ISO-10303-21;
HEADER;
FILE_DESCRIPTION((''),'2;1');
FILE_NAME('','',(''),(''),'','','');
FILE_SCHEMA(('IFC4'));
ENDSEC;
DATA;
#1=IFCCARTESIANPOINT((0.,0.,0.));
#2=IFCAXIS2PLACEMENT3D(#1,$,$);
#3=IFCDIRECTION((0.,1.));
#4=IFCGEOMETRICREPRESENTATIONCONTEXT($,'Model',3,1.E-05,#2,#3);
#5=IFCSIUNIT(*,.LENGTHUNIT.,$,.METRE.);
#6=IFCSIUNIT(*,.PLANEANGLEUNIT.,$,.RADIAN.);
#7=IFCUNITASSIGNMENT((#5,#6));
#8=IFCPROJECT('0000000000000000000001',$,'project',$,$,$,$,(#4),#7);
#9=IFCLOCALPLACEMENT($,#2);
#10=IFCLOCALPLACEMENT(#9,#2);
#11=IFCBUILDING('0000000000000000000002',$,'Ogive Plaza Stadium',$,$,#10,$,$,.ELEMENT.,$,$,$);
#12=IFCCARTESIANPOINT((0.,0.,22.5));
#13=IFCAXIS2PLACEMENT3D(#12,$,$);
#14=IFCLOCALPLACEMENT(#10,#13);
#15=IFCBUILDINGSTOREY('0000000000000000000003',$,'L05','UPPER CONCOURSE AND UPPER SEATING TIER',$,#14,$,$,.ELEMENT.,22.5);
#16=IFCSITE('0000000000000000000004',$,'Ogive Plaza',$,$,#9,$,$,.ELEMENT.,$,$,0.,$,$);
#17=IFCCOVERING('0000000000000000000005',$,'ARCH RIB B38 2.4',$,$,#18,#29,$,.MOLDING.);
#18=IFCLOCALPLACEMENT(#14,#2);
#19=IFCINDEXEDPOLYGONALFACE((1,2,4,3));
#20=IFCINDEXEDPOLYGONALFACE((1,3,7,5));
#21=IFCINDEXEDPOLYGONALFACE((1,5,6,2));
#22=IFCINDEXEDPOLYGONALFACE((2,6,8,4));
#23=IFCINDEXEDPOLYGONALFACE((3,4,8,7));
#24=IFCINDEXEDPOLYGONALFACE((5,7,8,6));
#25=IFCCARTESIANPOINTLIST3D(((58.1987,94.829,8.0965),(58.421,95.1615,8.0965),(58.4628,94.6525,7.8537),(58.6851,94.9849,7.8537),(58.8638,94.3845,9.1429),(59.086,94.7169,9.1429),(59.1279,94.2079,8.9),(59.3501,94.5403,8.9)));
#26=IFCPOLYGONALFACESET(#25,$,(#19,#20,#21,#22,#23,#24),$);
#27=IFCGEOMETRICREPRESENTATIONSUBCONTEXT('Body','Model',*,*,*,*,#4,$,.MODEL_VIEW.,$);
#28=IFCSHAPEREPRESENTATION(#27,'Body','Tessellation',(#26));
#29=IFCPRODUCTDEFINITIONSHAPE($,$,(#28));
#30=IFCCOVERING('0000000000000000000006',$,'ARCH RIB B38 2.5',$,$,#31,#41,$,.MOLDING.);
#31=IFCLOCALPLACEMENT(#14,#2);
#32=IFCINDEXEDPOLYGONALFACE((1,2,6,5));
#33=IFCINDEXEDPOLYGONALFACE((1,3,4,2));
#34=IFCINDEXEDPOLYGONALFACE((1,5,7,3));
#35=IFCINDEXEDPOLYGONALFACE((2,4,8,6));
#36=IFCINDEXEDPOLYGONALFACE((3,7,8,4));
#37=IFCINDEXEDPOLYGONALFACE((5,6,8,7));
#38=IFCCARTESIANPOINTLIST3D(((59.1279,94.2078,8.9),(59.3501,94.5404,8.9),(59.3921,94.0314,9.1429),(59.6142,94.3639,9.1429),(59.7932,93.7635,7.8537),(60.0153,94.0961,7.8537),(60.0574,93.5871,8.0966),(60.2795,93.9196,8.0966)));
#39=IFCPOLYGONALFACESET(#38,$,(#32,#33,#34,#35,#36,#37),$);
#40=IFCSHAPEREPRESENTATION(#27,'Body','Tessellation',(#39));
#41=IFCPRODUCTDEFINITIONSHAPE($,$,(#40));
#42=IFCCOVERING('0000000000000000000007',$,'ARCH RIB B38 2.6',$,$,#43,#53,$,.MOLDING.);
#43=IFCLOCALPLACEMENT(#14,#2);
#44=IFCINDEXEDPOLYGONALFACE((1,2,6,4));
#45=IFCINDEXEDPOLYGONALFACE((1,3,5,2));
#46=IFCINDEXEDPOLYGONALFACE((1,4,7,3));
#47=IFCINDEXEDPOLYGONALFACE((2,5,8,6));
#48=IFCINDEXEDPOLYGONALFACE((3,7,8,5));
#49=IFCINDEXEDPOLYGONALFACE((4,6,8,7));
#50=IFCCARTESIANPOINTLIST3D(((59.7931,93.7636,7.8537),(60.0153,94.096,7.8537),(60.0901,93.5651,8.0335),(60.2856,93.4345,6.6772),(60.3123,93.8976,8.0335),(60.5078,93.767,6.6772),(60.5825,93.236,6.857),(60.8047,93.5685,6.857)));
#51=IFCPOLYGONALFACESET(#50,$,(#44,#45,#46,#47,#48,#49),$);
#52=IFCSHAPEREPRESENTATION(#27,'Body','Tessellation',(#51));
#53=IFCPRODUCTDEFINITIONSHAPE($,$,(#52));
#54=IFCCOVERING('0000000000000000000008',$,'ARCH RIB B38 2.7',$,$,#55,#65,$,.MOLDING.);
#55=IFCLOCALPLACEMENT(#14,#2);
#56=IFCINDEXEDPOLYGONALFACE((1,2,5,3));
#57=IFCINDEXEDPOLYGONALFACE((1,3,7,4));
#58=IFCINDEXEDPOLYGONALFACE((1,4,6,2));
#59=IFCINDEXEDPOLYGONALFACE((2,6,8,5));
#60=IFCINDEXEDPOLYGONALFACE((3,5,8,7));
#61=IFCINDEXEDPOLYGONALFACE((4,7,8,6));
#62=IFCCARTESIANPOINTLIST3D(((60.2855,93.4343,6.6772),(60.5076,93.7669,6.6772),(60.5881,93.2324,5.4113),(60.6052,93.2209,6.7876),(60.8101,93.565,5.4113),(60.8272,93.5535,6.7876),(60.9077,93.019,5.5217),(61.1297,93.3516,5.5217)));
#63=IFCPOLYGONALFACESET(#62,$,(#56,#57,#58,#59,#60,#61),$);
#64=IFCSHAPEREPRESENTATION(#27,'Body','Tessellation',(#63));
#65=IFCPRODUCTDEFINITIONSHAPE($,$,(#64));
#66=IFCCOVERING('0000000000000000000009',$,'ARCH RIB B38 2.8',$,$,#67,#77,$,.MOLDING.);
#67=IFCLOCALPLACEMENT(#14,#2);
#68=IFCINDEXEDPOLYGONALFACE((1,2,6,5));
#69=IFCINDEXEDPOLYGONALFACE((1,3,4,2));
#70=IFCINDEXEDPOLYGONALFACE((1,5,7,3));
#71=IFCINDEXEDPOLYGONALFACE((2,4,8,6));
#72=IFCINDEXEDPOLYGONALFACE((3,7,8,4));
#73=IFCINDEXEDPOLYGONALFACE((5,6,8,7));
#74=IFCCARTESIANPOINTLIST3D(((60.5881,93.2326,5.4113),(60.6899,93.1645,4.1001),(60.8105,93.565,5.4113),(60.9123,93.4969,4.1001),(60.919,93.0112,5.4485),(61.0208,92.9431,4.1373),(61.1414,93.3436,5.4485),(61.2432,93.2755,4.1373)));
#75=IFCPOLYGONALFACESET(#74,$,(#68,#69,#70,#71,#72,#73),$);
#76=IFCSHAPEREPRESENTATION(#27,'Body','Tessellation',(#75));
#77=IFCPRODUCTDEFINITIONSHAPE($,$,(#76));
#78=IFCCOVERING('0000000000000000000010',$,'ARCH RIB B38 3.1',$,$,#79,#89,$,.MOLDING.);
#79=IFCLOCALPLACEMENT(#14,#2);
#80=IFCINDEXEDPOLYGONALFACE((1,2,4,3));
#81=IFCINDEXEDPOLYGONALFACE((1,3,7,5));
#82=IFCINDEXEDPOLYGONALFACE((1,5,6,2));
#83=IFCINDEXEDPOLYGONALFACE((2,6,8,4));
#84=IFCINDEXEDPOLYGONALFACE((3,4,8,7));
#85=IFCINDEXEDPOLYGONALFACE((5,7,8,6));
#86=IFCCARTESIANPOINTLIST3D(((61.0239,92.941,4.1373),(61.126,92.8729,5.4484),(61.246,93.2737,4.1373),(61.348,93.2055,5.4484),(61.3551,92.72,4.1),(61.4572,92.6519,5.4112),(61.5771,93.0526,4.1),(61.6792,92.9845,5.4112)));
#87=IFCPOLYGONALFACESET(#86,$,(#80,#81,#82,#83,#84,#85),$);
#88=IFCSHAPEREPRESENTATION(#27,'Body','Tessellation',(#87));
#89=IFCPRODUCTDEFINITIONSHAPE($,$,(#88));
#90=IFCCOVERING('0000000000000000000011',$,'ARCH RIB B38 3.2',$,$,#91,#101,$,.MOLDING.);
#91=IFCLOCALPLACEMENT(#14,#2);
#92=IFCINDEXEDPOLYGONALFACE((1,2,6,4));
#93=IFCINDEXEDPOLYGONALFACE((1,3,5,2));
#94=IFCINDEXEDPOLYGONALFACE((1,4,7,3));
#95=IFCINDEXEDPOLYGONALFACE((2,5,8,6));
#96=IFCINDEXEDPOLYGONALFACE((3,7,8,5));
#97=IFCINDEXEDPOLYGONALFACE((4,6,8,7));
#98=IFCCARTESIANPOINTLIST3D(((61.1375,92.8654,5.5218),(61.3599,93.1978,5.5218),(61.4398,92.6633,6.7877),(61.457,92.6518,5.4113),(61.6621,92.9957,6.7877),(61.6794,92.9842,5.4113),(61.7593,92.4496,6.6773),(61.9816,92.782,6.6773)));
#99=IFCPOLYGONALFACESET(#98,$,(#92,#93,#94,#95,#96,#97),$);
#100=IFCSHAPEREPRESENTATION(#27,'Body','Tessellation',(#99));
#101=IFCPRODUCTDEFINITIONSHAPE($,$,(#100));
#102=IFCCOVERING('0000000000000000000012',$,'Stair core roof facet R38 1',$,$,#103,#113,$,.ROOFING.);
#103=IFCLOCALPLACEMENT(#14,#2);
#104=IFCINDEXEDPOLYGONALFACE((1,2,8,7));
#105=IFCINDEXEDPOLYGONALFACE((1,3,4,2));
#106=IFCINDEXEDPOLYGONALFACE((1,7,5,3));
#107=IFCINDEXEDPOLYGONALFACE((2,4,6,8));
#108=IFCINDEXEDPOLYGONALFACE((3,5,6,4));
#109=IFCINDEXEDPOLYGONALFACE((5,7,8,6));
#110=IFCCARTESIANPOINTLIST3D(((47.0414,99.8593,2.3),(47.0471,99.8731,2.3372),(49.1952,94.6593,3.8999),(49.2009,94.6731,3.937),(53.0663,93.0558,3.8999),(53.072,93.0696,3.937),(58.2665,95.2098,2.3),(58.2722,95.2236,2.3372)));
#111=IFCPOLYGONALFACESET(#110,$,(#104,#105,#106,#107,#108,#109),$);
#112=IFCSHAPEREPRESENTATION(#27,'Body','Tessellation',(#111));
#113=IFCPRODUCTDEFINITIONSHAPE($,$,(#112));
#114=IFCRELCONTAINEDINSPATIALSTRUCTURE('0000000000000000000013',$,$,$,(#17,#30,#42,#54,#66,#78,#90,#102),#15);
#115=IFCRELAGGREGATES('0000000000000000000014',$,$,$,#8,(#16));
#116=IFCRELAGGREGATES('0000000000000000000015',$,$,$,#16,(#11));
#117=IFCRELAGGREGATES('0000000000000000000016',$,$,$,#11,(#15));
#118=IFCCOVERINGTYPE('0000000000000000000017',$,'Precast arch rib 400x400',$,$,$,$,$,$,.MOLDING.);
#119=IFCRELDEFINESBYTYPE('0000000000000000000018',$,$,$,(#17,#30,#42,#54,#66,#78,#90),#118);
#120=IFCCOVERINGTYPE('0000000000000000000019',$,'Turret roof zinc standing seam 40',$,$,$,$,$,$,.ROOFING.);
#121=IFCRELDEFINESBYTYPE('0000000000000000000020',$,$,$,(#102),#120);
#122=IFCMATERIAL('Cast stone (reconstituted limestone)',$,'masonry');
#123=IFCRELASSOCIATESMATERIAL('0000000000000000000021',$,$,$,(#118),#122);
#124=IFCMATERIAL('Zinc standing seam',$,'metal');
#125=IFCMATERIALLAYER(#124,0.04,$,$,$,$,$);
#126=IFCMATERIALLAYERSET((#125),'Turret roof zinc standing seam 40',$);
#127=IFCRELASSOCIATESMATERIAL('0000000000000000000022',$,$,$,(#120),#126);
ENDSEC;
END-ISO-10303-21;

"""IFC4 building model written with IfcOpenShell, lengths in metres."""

from ifc_helpers import new_model, si_unit, direction, frame, origin, origin_2d, place, context, subcontext, project, spatial, polyline, rectangle, outline, extrude, material, layer, layer_set, material_profile, profile_set, type_object, element, save


model = new_model("IFC4")

# Units and contexts
model_context = context("Model", 3, precision=1e-05, world=origin(), true_north=direction((0.0, 1.0)))
body_context = subcontext(model_context, "Body", "Model", "MODEL_VIEW")
ifc_project = project(units=[si_unit("LENGTHUNIT", "METRE"), si_unit("PLANEANGLEUNIT", "RADIAN")], contexts=[model_context])

# Site, building, storey
site_placement = place(None, origin())
site = spatial("IfcSite", under=ifc_project, at=site_placement, Name="Ogive Plaza", CompositionType="ELEMENT", RefElevation=0.0)
building_placement = place(site_placement, origin())
building = spatial("IfcBuilding", under=site, at=building_placement, Name="Ogive Plaza Stadium", CompositionType="ELEMENT")
storey_placement = place(building_placement, frame((0.0, 0.0, 22.5)))
storey = spatial("IfcBuildingStorey", under=building, at=storey_placement, Name="L05", Description="UPPER CONCOURSE AND UPPER SEATING TIER", CompositionType="ELEMENT", Elevation=22.5)

# Coverings
ifc_material_1 = material(Name="Cast stone (reconstituted limestone)", Category="masonry")
ifc_material_profile_1 = material_profile(ifc_material_1, rectangle(XDim=0.3999, YDim=0.3999, at=origin_2d()), Name="Cast stone 400x400")
ifc_profile_set_1 = profile_set([ifc_material_profile_1], Name="Cast stone (reconstituted limestone)")
covering_type_1 = type_object("IfcCoveringType", Name="Precast arch rib 400x400", PredefinedType="MOLDING", material=ifc_profile_set_1)
for number, where, z_axis, x_axis, name in (
    (1, (58.4419, 94.907, 7.9751), (0.504912, -0.337535, 0.794439), (0.555756, 0.831345, 0.0), "ARCH RIB B38 2.4"),
    (2, (59.3711, 94.2859, 9.0215), (0.505082, -0.337339, -0.794415), (0.555404, 0.831581, 0.0), "ARCH RIB B38 2.5"),
    (3, (60.0527, 93.8306, 7.9436), (0.373851, -0.249852, -0.893202), (0.555651, 0.831416, 0.0), "ARCH RIB B38 2.6"),
    (4, (60.5564, 93.4939, 6.7324), (0.229668, -0.153297, -0.96112), (0.555165, 0.83174, 0.0), "ARCH RIB B38 2.7"),
):
    element("IfcCovering", number, at=place(storey_placement, frame(where, z_axis=z_axis, x_axis=x_axis)), inside=storey, type_object=covering_type_1, Name=name, PredefinedType="MOLDING", context=body_context, shape_type="SweptSolid", body=[
        extrude(rectangle(XDim=0.3999, YDim=0.3999, at=origin_2d()), origin(), (0.0, 0.0, 1.0), 1.3171),
    ])
for number, where, z_axis, x_axis, name in (
    (5, (60.8647, 93.2881, 5.4299), (0.077303, -0.05172, -0.995665), (0.556079, 0.831129, 0.0), "ARCH RIB B38 2.8"),
    (6, (61.3005, 92.9968, 4.1187), (0.077487, -0.05172, 0.995651), (0.555159, 0.831744, 0.0), "ARCH RIB B38 3.1"),
):
    element("IfcCovering", number, at=place(storey_placement, frame(where, z_axis=z_axis, x_axis=x_axis)), inside=storey, type_object=covering_type_1, Name=name, PredefinedType="MOLDING", context=body_context, shape_type="SweptSolid", body=[
        extrude(rectangle(XDim=0.3999, YDim=0.3999, at=origin_2d()), origin(), (0.0, 0.0, 1.0), 1.3169),
    ])
covering_1_placement = place(storey_placement, frame((61.4084, 92.9248, 5.4666), z_axis=(0.229486, -0.153485, 0.961134), x_axis=(0.555939, 0.831223, 0.0)))
element("IfcCovering", 7, at=covering_1_placement, inside=storey, type_object=covering_type_1, Name="ARCH RIB B38 3.2", PredefinedType="MOLDING", context=body_context, shape_type="SweptSolid", body=[
    extrude(rectangle(XDim=0.3999, YDim=0.3999, at=origin_2d()), origin(), (0.0, 0.0, 1.0), 1.3171),
])
ifc_material_2 = material(Name="Zinc standing seam", Category="metal")
ifc_layer_1 = layer(ifc_material_2, 0.04)
ifc_layer_set_1 = layer_set([ifc_layer_1], Name="Turret roof zinc standing seam 40")
covering_type_2 = type_object("IfcCoveringType", Name="Turret roof zinc standing seam 40", PredefinedType="ROOFING", material=ifc_layer_set_1)
covering_2_placement = place(storey_placement, frame((58.2722, 95.2236, 2.3372), z_axis=(0.142726, 0.344578, 0.927844), x_axis=(-0.923884, 0.382672, 0.000002)))
element("IfcCovering", 8, at=covering_2_placement, inside=storey, type_object=covering_type_2, Name="Stair core roof facet R38 1", PredefinedType="ROOFING", context=body_context, shape_type="SweptSolid", body=[
    extrude(outline(polyline([(0.0, 0.0), (12.1499, 0.0), (8.1701, 4.2895), (3.9801, 4.2896), (0.0, 0.0)])), origin(), (0.0, 0.0, -1.0), 0.04),
])

save(model, "model.ifc")
